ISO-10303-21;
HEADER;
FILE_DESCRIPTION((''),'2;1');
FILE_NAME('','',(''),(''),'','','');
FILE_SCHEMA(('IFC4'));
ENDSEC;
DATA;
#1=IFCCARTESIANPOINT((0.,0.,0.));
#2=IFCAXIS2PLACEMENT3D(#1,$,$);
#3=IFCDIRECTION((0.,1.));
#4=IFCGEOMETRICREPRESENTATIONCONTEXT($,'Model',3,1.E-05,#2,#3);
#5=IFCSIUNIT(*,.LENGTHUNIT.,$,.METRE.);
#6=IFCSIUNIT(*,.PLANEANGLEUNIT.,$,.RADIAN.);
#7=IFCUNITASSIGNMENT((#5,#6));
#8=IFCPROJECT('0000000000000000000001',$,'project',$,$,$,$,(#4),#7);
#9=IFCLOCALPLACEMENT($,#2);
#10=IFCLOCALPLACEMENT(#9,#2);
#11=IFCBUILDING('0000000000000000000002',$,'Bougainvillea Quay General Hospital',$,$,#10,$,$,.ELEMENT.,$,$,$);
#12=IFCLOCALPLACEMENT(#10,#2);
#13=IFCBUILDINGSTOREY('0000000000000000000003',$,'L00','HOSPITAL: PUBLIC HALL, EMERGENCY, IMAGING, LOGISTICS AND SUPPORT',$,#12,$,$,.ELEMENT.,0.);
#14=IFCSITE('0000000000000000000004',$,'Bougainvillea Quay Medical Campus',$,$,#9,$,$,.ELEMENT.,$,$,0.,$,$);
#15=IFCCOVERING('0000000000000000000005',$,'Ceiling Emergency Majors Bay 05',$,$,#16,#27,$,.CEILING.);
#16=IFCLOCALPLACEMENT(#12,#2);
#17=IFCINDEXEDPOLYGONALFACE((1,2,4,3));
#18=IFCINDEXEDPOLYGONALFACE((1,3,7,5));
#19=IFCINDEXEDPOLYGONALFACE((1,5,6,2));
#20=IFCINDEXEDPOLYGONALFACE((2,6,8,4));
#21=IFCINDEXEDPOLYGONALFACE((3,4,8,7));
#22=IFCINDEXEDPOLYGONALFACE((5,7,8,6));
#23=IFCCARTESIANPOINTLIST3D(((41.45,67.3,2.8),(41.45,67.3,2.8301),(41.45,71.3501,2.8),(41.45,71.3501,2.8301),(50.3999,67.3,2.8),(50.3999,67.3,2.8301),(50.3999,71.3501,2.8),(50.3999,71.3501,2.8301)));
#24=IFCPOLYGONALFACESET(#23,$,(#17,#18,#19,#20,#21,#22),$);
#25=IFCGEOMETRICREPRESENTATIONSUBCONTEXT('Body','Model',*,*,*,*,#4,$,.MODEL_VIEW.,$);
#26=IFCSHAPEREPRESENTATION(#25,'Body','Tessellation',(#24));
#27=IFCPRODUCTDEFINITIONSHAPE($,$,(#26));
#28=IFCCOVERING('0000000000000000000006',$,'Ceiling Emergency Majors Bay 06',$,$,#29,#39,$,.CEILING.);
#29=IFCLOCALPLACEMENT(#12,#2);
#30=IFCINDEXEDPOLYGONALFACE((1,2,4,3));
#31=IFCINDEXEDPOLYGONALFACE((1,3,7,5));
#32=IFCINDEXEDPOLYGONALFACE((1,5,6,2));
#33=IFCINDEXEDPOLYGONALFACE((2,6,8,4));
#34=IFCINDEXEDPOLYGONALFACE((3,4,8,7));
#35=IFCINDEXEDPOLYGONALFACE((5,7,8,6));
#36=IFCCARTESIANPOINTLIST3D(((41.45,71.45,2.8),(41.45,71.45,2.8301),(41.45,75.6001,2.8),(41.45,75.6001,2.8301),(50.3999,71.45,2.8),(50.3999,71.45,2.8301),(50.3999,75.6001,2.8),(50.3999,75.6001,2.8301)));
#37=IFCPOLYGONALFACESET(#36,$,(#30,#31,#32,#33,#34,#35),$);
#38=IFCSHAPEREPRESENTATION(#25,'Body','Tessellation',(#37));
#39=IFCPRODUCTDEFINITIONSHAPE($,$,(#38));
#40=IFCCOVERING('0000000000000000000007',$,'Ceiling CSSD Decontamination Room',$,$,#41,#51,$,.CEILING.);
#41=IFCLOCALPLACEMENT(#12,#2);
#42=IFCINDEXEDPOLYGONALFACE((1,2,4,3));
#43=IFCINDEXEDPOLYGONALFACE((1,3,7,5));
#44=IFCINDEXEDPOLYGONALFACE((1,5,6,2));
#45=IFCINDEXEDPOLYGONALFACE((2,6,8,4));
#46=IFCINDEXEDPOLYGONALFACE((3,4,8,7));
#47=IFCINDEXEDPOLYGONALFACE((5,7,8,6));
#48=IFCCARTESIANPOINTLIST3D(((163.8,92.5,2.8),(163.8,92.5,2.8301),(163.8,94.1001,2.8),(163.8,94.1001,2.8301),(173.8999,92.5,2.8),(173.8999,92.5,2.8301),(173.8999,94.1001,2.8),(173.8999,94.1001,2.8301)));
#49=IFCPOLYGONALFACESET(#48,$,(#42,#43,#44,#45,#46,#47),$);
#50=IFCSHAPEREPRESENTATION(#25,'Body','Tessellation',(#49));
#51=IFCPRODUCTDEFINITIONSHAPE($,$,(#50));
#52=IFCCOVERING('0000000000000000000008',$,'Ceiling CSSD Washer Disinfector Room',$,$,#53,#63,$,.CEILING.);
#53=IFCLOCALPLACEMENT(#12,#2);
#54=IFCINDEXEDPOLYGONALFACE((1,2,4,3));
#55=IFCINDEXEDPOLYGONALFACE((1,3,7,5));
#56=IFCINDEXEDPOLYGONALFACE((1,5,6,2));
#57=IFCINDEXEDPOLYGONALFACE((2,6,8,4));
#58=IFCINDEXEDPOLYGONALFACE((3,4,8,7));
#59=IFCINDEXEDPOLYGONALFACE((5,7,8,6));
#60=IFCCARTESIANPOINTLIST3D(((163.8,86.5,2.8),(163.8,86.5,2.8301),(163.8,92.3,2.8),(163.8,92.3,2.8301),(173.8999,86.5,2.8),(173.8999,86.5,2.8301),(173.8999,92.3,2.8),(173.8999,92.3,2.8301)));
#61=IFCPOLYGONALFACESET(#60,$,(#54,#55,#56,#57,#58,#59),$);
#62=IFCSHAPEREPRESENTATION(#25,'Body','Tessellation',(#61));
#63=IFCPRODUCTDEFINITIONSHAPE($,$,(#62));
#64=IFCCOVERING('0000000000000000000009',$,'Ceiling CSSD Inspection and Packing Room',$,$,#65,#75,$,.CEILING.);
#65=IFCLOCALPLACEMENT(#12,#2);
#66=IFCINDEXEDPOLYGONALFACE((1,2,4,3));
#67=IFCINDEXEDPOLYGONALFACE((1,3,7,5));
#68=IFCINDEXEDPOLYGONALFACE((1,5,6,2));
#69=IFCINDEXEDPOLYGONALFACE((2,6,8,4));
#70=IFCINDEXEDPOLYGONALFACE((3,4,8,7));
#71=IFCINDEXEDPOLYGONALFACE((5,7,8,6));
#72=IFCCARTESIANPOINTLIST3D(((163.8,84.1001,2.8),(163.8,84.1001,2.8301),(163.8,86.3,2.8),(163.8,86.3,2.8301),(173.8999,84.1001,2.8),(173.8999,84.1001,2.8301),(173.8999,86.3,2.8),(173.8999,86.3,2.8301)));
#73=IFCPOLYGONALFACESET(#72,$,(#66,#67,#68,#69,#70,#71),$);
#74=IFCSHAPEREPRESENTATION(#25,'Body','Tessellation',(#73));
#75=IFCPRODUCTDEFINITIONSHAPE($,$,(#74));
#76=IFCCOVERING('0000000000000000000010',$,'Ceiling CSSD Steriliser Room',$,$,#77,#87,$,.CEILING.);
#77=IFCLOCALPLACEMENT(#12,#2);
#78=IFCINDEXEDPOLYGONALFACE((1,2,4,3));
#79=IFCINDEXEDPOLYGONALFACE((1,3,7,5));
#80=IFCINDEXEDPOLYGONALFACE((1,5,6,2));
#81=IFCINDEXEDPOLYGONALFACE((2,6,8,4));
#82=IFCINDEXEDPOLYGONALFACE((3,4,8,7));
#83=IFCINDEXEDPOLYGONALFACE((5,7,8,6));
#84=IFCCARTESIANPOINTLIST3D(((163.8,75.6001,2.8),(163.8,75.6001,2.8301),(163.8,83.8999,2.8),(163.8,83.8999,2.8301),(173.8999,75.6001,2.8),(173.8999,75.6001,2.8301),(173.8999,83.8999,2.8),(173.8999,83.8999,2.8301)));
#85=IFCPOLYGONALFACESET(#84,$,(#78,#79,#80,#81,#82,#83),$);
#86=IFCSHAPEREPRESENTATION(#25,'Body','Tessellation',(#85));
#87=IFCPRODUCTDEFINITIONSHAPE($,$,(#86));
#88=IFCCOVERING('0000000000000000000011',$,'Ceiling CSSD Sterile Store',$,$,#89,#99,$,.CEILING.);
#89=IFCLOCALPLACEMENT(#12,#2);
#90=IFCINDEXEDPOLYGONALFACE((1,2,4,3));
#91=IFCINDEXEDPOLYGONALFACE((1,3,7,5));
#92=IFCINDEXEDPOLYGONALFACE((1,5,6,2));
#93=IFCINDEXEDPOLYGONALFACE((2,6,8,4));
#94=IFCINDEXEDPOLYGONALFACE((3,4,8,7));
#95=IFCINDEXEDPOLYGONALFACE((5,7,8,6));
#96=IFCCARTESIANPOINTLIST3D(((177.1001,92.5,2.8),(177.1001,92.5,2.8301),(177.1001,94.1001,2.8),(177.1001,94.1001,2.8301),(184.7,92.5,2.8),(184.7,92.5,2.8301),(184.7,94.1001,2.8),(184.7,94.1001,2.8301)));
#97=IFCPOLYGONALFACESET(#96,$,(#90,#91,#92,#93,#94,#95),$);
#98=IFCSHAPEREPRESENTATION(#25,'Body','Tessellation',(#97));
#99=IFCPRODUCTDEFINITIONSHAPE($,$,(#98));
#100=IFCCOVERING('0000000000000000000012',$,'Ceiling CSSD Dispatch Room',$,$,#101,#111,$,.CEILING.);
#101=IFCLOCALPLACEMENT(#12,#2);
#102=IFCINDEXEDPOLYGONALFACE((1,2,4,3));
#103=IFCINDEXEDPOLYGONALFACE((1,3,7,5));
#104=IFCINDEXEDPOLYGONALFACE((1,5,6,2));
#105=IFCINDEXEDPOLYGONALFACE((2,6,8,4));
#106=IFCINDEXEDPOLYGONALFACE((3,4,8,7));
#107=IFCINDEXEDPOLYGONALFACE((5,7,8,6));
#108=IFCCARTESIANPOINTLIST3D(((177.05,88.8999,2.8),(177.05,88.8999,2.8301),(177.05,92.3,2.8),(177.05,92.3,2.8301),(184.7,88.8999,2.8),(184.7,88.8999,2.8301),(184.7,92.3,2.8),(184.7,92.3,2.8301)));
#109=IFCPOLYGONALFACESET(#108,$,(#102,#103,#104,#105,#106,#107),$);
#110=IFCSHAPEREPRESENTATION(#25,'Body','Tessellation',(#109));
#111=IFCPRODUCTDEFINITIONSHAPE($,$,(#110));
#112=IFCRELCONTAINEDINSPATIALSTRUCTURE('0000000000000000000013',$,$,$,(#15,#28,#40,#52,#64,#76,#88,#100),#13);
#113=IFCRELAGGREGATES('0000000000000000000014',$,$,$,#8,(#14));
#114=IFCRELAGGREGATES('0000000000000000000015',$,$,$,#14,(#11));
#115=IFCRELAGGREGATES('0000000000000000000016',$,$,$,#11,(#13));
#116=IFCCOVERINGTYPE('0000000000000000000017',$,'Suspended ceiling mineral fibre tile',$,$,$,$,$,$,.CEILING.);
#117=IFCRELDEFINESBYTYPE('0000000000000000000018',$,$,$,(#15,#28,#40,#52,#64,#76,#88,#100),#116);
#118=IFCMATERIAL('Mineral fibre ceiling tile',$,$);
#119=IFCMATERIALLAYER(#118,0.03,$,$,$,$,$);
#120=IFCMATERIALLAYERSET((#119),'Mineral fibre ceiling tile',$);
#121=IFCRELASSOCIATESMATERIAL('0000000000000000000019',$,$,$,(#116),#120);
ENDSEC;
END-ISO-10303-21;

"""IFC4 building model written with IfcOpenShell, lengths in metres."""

from ifc_helpers import new_model, si_unit, direction, frame, origin, place, context, subcontext, project, spatial, polyline, outline, extrude, material, layer, layer_set, type_object, element, save


model = new_model("IFC4")

# Units and contexts
model_context = context("Model", 3, precision=1e-05, world=origin(), true_north=direction((0.0, 1.0)))
body_context = subcontext(model_context, "Body", "Model", "MODEL_VIEW")
ifc_project = project(units=[si_unit("LENGTHUNIT", "METRE"), si_unit("PLANEANGLEUNIT", "RADIAN")], contexts=[model_context])

# Site, building, storey
site_placement = place(None, origin())
site = spatial("IfcSite", under=ifc_project, at=site_placement, Name="Bougainvillea Quay Medical Campus", CompositionType="ELEMENT", RefElevation=0.0)
building_placement = place(site_placement, origin())
building = spatial("IfcBuilding", under=site, at=building_placement, Name="Bougainvillea Quay General Hospital", CompositionType="ELEMENT")
storey_placement = place(building_placement, origin())
storey = spatial("IfcBuildingStorey", under=building, at=storey_placement, Name="L00", Description="HOSPITAL: PUBLIC HALL, EMERGENCY, IMAGING, LOGISTICS AND SUPPORT", CompositionType="ELEMENT", Elevation=0.0)

# Coverings
ifc_material_1 = material(Name="Mineral fibre ceiling tile")
ifc_layer_1 = layer(ifc_material_1, 0.03)
ifc_layer_set_1 = layer_set([ifc_layer_1], Name="Mineral fibre ceiling tile")
covering_type = type_object("IfcCoveringType", Name="Suspended ceiling mineral fibre tile", PredefinedType="CEILING", material=ifc_layer_set_1)
covering_1_placement = place(storey_placement, frame((0.0, 0.0, 2.8)))
element("IfcCovering", 1, at=covering_1_placement, inside=storey, type_object=covering_type, Name="Ceiling Emergency Majors Bay 05", PredefinedType="CEILING", context=body_context, shape_type="SweptSolid", body=[
    extrude(outline(polyline([(50.3999, 71.3501), (41.45, 71.3501), (41.45, 67.3), (50.3999, 67.3), (50.3999, 71.3501)])), origin(), (0.0, 0.0, 1.0), 0.03),
])
covering_2_placement = place(storey_placement, frame((0.0, 0.0, 2.8)))
element("IfcCovering", 2, at=covering_2_placement, inside=storey, type_object=covering_type, Name="Ceiling Emergency Majors Bay 06", PredefinedType="CEILING", context=body_context, shape_type="SweptSolid", body=[
    extrude(outline(polyline([(41.45, 75.6001), (41.45, 71.45), (50.3999, 71.45), (50.3999, 75.6001), (41.45, 75.6001)])), origin(), (0.0, 0.0, 1.0), 0.03),
])
covering_3_placement = place(storey_placement, frame((0.0, 0.0, 2.8)))
element("IfcCovering", 3, at=covering_3_placement, inside=storey, type_object=covering_type, Name="Ceiling CSSD Decontamination Room", PredefinedType="CEILING", context=body_context, shape_type="SweptSolid", body=[
    extrude(outline(polyline([(163.8, 92.5), (173.8999, 92.5), (173.8999, 94.1001), (163.8, 94.1001), (163.8, 92.5)])), origin(), (0.0, 0.0, 1.0), 0.03),
])
covering_4_placement = place(storey_placement, frame((0.0, 0.0, 2.8)))
element("IfcCovering", 4, at=covering_4_placement, inside=storey, type_object=covering_type, Name="Ceiling CSSD Washer Disinfector Room", PredefinedType="CEILING", context=body_context, shape_type="SweptSolid", body=[
    extrude(outline(polyline([(163.8, 86.5), (173.8999, 86.5), (173.8999, 92.3), (163.8, 92.3), (163.8, 86.5)])), origin(), (0.0, 0.0, 1.0), 0.03),
])
covering_5_placement = place(storey_placement, frame((0.0, 0.0, 2.8)))
element("IfcCovering", 5, at=covering_5_placement, inside=storey, type_object=covering_type, Name="Ceiling CSSD Inspection and Packing Room", PredefinedType="CEILING", context=body_context, shape_type="SweptSolid", body=[
    extrude(outline(polyline([(163.8, 84.1001), (173.8999, 84.1001), (173.8999, 86.3), (163.8, 86.3), (163.8, 84.1001)])), origin(), (0.0, 0.0, 1.0), 0.03),
])
covering_6_placement = place(storey_placement, frame((0.0, 0.0, 2.8)))
element("IfcCovering", 6, at=covering_6_placement, inside=storey, type_object=covering_type, Name="Ceiling CSSD Steriliser Room", PredefinedType="CEILING", context=body_context, shape_type="SweptSolid", body=[
    extrude(outline(polyline([(173.8999, 75.6001), (173.8999, 83.8999), (163.8, 83.8999), (163.8, 75.6001), (173.8999, 75.6001)])), origin(), (0.0, 0.0, 1.0), 0.03),
])
covering_7_placement = place(storey_placement, frame((0.0, 0.0, 2.8)))
element("IfcCovering", 7, at=covering_7_placement, inside=storey, type_object=covering_type, Name="Ceiling CSSD Sterile Store", PredefinedType="CEILING", context=body_context, shape_type="SweptSolid", body=[
    extrude(outline(polyline([(184.7, 92.5), (184.7, 94.1001), (177.1001, 94.1001), (177.1001, 92.5), (184.7, 92.5)])), origin(), (0.0, 0.0, 1.0), 0.03),
])
covering_8_placement = place(storey_placement, frame((0.0, 0.0, 2.8)))
element("IfcCovering", 8, at=covering_8_placement, inside=storey, type_object=covering_type, Name="Ceiling CSSD Dispatch Room", PredefinedType="CEILING", context=body_context, shape_type="SweptSolid", body=[
    extrude(outline(polyline([(177.05, 88.8999), (184.7, 88.8999), (184.7, 92.3), (177.05, 92.3), (177.05, 88.8999)])), origin(), (0.0, 0.0, 1.0), 0.03),
])

save(model, "model.ifc")
